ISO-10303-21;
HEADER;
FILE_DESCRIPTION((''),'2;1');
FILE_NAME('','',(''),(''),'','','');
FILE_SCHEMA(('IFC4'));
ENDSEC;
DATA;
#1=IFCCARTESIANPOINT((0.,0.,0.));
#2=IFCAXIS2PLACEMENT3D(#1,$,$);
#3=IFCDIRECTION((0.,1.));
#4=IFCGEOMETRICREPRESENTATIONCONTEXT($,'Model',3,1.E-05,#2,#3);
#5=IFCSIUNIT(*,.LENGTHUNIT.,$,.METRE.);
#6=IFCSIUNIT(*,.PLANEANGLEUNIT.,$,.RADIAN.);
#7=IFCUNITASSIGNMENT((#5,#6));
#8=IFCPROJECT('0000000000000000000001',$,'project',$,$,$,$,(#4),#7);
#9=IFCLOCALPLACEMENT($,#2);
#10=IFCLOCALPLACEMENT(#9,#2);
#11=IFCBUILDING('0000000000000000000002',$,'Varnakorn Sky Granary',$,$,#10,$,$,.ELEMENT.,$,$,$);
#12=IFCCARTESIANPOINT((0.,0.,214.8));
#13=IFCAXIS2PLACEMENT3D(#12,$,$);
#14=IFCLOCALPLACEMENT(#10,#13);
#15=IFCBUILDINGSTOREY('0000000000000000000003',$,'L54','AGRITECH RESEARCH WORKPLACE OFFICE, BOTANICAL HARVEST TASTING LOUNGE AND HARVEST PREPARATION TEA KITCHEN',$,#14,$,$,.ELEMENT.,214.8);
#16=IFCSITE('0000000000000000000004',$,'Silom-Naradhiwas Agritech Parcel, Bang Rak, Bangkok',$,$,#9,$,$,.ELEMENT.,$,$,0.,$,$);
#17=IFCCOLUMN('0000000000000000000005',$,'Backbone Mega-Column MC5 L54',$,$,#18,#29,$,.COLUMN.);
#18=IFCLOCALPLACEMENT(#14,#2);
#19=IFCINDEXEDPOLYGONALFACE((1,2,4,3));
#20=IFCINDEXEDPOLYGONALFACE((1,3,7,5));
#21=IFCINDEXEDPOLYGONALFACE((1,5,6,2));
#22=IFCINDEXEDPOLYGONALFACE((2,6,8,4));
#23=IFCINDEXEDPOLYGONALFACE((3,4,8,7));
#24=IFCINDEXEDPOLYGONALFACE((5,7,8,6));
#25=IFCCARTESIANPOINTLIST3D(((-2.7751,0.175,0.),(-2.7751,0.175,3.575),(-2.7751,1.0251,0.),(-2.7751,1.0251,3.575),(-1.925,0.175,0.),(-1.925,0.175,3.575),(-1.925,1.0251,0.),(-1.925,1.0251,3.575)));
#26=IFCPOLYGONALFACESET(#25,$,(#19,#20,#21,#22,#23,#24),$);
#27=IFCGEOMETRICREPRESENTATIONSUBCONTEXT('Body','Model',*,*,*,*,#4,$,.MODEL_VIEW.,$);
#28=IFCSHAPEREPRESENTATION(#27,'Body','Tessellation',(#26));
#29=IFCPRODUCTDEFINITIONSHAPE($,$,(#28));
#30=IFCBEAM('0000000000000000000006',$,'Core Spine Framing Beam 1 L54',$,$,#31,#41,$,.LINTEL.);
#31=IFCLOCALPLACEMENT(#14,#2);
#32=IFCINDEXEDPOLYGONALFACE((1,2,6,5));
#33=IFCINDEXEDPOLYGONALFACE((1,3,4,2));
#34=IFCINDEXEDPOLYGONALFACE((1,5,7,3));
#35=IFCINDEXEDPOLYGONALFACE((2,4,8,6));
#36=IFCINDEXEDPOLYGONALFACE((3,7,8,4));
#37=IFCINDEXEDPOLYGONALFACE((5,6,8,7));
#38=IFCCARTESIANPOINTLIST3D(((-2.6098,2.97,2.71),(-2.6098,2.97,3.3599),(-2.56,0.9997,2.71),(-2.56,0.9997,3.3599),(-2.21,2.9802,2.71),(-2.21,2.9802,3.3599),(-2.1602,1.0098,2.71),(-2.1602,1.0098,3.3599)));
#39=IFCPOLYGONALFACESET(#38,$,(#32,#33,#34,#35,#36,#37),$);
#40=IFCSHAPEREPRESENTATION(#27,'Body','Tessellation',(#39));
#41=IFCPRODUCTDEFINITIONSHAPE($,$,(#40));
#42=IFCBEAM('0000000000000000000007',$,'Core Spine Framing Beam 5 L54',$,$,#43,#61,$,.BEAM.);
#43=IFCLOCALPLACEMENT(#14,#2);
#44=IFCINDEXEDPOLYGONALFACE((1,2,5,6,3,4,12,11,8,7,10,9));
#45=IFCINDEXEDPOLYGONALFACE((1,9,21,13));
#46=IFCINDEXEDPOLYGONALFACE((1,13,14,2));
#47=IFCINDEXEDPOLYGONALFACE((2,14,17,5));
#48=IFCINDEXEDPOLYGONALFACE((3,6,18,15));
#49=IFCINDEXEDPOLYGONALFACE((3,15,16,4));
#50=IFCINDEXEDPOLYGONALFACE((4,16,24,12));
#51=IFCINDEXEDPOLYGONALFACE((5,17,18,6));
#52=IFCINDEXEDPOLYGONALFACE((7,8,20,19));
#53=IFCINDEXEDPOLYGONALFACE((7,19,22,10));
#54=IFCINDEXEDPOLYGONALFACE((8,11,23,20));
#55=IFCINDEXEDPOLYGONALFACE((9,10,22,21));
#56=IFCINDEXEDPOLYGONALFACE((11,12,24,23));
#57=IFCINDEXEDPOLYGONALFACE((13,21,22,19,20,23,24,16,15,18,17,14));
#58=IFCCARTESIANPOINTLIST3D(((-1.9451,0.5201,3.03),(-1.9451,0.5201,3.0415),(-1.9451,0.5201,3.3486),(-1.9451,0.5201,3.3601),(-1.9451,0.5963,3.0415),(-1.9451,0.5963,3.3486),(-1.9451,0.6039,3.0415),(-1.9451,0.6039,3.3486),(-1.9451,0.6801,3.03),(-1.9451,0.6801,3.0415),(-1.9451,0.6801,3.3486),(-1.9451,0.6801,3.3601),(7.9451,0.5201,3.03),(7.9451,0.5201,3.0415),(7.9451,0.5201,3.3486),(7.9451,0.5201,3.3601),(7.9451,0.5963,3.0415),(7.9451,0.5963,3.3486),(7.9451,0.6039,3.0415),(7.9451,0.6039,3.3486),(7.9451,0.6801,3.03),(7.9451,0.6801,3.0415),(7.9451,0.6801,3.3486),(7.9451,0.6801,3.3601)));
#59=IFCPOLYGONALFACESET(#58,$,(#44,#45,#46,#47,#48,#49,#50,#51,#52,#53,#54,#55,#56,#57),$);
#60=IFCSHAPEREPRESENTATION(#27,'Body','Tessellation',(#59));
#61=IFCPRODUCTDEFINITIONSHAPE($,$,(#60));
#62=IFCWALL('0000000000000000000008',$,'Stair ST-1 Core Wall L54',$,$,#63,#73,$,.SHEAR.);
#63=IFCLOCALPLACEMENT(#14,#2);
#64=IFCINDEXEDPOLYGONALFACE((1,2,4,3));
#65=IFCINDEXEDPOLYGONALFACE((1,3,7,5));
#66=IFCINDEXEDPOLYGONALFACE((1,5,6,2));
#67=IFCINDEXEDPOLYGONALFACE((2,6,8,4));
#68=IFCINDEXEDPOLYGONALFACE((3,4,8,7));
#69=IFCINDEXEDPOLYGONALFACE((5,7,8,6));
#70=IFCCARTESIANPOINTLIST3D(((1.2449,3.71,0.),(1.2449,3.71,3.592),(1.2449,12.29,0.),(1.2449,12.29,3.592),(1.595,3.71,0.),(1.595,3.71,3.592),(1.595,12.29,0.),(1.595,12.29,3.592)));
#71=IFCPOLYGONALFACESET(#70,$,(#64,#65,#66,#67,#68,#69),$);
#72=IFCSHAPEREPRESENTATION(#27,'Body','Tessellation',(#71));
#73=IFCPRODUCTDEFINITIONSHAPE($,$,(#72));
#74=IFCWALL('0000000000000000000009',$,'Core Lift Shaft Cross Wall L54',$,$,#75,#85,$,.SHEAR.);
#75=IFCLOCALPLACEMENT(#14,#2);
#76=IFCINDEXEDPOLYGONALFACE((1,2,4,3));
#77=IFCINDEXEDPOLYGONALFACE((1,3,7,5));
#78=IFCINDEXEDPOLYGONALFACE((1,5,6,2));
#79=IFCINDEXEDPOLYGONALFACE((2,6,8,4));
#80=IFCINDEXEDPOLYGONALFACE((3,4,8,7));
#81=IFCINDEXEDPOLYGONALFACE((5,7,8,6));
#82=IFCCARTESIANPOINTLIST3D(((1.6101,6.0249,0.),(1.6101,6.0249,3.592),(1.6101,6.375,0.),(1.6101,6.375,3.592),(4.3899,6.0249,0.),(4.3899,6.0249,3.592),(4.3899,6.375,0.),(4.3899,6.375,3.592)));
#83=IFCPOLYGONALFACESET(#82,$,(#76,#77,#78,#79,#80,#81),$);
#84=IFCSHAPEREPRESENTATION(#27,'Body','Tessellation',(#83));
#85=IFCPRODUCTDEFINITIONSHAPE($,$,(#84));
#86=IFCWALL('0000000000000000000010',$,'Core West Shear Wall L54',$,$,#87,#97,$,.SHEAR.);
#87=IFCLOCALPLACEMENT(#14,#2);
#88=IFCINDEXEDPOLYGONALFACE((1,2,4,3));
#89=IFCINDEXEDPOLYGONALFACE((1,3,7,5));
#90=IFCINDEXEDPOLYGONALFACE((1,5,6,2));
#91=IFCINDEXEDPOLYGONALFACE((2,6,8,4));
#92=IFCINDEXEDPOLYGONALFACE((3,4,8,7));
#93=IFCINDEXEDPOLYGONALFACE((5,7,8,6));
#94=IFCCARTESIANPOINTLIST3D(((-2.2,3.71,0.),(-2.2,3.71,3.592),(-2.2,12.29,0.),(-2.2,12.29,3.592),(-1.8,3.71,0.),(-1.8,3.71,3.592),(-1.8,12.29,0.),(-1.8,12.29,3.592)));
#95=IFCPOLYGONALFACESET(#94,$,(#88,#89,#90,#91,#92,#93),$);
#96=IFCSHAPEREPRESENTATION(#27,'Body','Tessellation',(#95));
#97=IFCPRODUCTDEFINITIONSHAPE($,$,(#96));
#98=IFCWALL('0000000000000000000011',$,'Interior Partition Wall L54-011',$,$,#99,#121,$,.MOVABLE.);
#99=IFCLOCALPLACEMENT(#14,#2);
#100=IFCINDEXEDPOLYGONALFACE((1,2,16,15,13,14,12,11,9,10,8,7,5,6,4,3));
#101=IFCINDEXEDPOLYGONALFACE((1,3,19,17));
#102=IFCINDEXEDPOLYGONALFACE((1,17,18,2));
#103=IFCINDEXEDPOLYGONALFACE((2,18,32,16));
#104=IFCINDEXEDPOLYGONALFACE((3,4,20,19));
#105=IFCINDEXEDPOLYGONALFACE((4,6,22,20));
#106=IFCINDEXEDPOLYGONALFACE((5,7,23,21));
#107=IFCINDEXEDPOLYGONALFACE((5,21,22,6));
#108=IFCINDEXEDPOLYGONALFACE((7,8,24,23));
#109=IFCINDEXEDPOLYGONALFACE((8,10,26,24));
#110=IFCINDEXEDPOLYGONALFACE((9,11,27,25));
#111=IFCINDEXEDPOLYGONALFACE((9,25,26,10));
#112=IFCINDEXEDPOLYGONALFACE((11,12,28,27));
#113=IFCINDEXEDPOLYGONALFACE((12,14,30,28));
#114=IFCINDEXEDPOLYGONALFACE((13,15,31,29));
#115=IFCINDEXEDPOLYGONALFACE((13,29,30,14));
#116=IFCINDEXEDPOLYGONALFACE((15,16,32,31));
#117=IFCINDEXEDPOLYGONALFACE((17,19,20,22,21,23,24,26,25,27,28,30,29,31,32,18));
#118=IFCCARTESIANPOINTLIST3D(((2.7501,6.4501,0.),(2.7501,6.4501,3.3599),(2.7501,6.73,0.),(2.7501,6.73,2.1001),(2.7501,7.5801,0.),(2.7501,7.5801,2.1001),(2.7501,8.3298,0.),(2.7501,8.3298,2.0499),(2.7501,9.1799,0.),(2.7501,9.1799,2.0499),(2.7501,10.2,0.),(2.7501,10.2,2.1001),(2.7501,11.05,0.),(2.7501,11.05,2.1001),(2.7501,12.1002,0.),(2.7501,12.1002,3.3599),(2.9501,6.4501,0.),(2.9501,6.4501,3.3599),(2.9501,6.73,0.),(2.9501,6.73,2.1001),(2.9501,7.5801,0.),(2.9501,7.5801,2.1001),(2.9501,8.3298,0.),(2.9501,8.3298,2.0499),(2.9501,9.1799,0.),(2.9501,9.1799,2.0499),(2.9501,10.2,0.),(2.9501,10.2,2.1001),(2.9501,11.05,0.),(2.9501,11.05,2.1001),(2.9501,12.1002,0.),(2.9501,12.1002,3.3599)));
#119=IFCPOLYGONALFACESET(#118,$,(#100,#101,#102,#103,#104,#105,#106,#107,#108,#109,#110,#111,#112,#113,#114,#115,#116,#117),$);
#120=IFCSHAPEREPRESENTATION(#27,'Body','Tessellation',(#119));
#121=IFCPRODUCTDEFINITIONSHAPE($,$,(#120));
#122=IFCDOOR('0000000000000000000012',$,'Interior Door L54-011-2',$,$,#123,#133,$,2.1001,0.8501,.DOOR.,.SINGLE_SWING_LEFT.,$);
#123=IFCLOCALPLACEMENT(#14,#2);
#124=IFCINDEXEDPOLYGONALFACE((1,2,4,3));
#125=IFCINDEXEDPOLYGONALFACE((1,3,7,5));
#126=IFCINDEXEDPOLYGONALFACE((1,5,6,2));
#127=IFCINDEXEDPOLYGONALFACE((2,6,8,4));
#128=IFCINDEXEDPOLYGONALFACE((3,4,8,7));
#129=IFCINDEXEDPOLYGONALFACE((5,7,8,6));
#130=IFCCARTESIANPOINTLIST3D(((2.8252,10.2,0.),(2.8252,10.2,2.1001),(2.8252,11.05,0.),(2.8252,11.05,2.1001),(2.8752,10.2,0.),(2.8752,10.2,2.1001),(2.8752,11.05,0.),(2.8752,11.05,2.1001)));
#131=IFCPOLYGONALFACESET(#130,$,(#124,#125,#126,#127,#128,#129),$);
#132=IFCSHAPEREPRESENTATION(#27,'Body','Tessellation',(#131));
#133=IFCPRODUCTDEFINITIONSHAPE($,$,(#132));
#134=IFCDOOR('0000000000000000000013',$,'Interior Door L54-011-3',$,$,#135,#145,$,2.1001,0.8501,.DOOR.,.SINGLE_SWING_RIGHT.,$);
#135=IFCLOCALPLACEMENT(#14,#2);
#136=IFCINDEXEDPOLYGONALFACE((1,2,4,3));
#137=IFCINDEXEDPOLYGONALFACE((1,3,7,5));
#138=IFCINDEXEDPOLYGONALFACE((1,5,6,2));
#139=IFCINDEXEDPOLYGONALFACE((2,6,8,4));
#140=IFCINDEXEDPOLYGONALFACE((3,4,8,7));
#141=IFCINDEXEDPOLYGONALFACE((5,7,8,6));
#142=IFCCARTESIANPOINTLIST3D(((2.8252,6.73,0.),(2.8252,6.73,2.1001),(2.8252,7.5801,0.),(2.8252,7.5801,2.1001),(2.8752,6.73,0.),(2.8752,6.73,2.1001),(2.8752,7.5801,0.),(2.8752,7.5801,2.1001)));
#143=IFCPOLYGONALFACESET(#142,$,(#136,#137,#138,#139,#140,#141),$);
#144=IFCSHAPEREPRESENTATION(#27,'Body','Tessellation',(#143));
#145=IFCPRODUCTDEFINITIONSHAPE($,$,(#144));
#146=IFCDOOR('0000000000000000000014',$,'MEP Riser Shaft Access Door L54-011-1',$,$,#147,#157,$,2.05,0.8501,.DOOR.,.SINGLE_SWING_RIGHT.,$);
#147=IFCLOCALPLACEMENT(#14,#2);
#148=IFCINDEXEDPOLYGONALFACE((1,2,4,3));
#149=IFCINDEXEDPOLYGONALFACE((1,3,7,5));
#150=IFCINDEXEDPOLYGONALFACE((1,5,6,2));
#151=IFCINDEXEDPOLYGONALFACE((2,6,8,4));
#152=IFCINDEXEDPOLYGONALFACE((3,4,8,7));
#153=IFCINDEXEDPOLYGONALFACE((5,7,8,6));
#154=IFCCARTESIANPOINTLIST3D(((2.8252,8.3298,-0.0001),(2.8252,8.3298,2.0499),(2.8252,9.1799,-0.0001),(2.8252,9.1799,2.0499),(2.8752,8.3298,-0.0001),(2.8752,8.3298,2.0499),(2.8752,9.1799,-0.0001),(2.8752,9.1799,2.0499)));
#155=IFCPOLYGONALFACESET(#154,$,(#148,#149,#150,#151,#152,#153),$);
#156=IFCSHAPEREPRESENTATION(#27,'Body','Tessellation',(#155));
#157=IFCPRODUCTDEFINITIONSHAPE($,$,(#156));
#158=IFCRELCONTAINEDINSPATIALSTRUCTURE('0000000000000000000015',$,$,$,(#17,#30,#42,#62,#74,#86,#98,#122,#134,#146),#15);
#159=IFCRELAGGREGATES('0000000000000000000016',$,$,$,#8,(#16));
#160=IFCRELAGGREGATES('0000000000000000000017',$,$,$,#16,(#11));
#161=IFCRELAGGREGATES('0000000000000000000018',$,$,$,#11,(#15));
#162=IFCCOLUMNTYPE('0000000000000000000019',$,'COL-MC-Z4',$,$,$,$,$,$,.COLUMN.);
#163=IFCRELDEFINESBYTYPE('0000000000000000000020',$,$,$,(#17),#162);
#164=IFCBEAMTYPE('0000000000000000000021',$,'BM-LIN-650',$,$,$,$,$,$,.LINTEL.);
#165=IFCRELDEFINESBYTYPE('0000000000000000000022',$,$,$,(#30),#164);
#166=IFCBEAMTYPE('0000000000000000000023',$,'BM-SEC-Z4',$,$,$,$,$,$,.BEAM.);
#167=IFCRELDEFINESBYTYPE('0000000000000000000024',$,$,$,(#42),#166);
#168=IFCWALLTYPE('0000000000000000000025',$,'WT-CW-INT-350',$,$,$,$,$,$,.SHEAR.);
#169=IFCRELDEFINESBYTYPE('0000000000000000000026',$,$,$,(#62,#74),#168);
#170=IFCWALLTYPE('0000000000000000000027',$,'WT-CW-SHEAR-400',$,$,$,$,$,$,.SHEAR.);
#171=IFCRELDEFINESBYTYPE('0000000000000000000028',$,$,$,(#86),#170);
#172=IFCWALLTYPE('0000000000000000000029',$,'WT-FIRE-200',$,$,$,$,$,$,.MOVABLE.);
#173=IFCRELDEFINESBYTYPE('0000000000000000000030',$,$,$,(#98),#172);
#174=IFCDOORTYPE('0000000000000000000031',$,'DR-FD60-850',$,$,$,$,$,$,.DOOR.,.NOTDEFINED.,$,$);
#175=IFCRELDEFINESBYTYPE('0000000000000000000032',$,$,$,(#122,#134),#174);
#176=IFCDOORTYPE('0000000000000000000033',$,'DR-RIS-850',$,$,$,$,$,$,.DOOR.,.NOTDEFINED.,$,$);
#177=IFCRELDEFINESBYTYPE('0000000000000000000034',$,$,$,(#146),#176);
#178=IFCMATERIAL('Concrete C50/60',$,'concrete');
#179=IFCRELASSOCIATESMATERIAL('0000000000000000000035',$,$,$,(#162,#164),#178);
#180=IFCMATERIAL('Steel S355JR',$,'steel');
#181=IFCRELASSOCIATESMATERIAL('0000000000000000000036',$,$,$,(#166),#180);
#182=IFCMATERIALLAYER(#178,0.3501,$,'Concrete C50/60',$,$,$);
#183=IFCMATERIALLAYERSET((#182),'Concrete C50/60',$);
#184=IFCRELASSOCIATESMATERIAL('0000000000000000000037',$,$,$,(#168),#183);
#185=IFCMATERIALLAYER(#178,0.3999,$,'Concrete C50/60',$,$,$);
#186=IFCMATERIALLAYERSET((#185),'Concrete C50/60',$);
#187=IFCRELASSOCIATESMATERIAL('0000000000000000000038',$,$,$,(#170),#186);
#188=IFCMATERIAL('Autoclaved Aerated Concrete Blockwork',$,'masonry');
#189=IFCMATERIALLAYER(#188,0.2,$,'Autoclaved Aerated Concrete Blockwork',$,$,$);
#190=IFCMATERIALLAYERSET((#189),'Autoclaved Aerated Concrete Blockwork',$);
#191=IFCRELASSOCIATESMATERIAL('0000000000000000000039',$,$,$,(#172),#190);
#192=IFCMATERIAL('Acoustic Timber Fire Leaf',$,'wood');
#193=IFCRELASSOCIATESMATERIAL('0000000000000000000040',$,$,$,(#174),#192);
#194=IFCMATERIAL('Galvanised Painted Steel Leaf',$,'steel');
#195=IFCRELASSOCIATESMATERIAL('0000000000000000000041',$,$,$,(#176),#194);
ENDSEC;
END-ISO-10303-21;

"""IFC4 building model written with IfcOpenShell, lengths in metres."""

from ifc_helpers import new_model, si_unit, direction, frame, frame_2d, origin, origin_2d, place, context, subcontext, project, spatial, rectangle, i_section, extrude, material, layer, layer_set, material_profile, profile_set, type_object, element, fill, save


model = new_model("IFC4")

# Units and contexts
model_context = context("Model", 3, precision=1e-05, world=origin(), true_north=direction((0.0, 1.0)))
body_context = subcontext(model_context, "Body", "Model", "MODEL_VIEW")
ifc_project = project(units=[si_unit("LENGTHUNIT", "METRE"), si_unit("PLANEANGLEUNIT", "RADIAN")], contexts=[model_context])

# Site, building, storey
site_placement = place(None, origin())
site = spatial("IfcSite", under=ifc_project, at=site_placement, Name="Silom-Naradhiwas Agritech Parcel, Bang Rak, Bangkok", CompositionType="ELEMENT", RefElevation=0.0)
building_placement = place(site_placement, origin())
building = spatial("IfcBuilding", under=site, at=building_placement, Name="Varnakorn Sky Granary", CompositionType="ELEMENT")
storey_placement = place(building_placement, frame((0.0, 0.0, 214.8)))
storey = spatial("IfcBuildingStorey", under=building, at=storey_placement, Name="L54", Description="AGRITECH RESEARCH WORKPLACE OFFICE, BOTANICAL HARVEST TASTING LOUNGE AND HARVEST PREPARATION TEA KITCHEN", CompositionType="ELEMENT", Elevation=214.8)

# Column
ifc_material_1 = material(Name="Concrete C50/60", Category="concrete")
ifc_material_profile_1 = material_profile(ifc_material_1, rectangle(XDim=0.8501, YDim=0.8501, at=origin_2d()), Name="RC 850x850")
ifc_profile_set_1 = profile_set([ifc_material_profile_1], Name="Concrete C50/60")
column_type = type_object("IfcColumnType", Name="COL-MC-Z4", PredefinedType="COLUMN", material=ifc_profile_set_1)
column_placement = place(storey_placement, frame((-2.3501, 0.6001, 0.0), z_axis=(0.0, 0.0, 1.0), x_axis=(1.0, 0.0, 0.0)))
element("IfcColumn", 1, at=column_placement, inside=storey, type_object=column_type, Name="Backbone Mega-Column MC5 L54", PredefinedType="COLUMN", context=body_context, shape_type="SweptSolid", body=[
    extrude(rectangle(XDim=0.8501, YDim=0.8501, at=origin_2d()), origin(), (0.0, 0.0, 1.0), 3.575),
])

# Beams
ifc_material_profile_2 = material_profile(ifc_material_1, rectangle(XDim=0.3999, YDim=0.6499, at=origin_2d()), Name="RC 400x650")
ifc_profile_set_2 = profile_set([ifc_material_profile_2], Name="Concrete C50/60")
beam_type_1 = type_object("IfcBeamType", Name="BM-LIN-650", PredefinedType="LINTEL", material=ifc_profile_set_2)
beam_1_placement = place(storey_placement, frame((-2.4099, 2.9751, 3.0349), z_axis=(0.025271, -0.999681, 0.0), x_axis=(0.999681, 0.025271, 0.0)))
element("IfcBeam", 2, at=beam_1_placement, inside=storey, type_object=beam_type_1, Name="Core Spine Framing Beam 1 L54", PredefinedType="LINTEL", context=body_context, shape_type="SweptSolid", body=[
    extrude(rectangle(XDim=0.3999, YDim=0.6499, at=origin_2d()), origin(), (0.0, 0.0, 1.0), 1.9709),
])
ifc_material_2 = material(Name="Steel S355JR", Category="steel")
ifc_material_profile_3 = material_profile(ifc_material_2, i_section(OverallWidth=0.1599, OverallDepth=0.3301, WebThickness=0.0076, FlangeThickness=0.0115, at=origin_2d()), Name="IPE 330")
ifc_profile_set_3 = profile_set([ifc_material_profile_3], Name="Steel S355JR")
beam_type_2 = type_object("IfcBeamType", Name="BM-SEC-Z4", PredefinedType="BEAM", material=ifc_profile_set_3)
beam_2_placement = place(storey_placement, frame((-1.9451, 0.6001, 3.1951), z_axis=(1.0, 0.0, 0.0), x_axis=(0.0, 1.0, 0.0)))
element("IfcBeam", 3, at=beam_2_placement, inside=storey, type_object=beam_type_2, Name="Core Spine Framing Beam 5 L54", PredefinedType="BEAM", context=body_context, shape_type="SweptSolid", body=[
    extrude(i_section(OverallWidth=0.1599, OverallDepth=0.3301, WebThickness=0.0076, FlangeThickness=0.0115, at=origin_2d()), origin(), (0.0, 0.0, 1.0), 9.8901),
])

# Walls
ifc_layer_1 = layer(ifc_material_1, 0.3501, Name="Concrete C50/60")
ifc_layer_set_1 = layer_set([ifc_layer_1], Name="Concrete C50/60")
wall_type_1 = type_object("IfcWallType", Name="WT-CW-INT-350", PredefinedType="SHEAR", material=ifc_layer_set_1)
wall_1_placement = place(storey_placement, frame((1.4199, 3.71, 0.0), z_axis=(0.0, 0.0, 1.0), x_axis=(0.0, 1.0, 0.0)))
element("IfcWall", 4, at=wall_1_placement, inside=storey, type_object=wall_type_1, Name="Stair ST-1 Core Wall L54", PredefinedType="SHEAR", context=body_context, shape_type="SweptSolid", body=[
    extrude(rectangle(XDim=8.5801, YDim=0.3501, at=frame_2d((4.29, 0.0))), origin(), (0.0, 0.0, 1.0), 3.592),
])
wall_2_placement = place(storey_placement, frame((1.6101, 6.2, 0.0), z_axis=(0.0, 0.0, 1.0), x_axis=(1.0, 0.0, 0.0)))
element("IfcWall", 5, at=wall_2_placement, inside=storey, type_object=wall_type_1, Name="Core Lift Shaft Cross Wall L54", PredefinedType="SHEAR", context=body_context, shape_type="SweptSolid", body=[
    extrude(rectangle(XDim=2.7798, YDim=0.3501, at=frame_2d((1.3899, 0.0))), origin(), (0.0, 0.0, 1.0), 3.592),
])

# Shared definitions
ifc_layer_2 = layer(ifc_material_1, 0.3999, Name="Concrete C50/60")
ifc_layer_set_2 = layer_set([ifc_layer_2], Name="Concrete C50/60")
wall_type_2 = type_object("IfcWallType", Name="WT-CW-SHEAR-400", PredefinedType="SHEAR", material=ifc_layer_set_2)
ifc_material_3 = material(Name="Galvanised Painted Steel Leaf", Category="steel")

# Wall
wall_3_placement = place(storey_placement, frame((-2.0, 3.71, 0.0), z_axis=(0.0, 0.0, 1.0), x_axis=(0.0, 1.0, 0.0)))
element("IfcWall", 6, at=wall_3_placement, inside=storey, type_object=wall_type_2, Name="Core West Shear Wall L54", PredefinedType="SHEAR", context=body_context, shape_type="SweptSolid", body=[
    extrude(rectangle(XDim=8.5801, YDim=0.3999, at=frame_2d((4.29, 0.0))), origin(), (0.0, 0.0, 1.0), 3.592),
])

# Wall, openings, doors
ifc_material_4 = material(Name="Autoclaved Aerated Concrete Blockwork", Category="masonry")
ifc_layer_3 = layer(ifc_material_4, 0.2, Name="Autoclaved Aerated Concrete Blockwork")
ifc_layer_set_3 = layer_set([ifc_layer_3], Name="Autoclaved Aerated Concrete Blockwork")
wall_type_3 = type_object("IfcWallType", Name="WT-FIRE-200", PredefinedType="MOVABLE", material=ifc_layer_set_3)
wall_4_placement = place(storey_placement, frame((2.8501, 6.45, 0.0), z_axis=(0.0, 0.0, 1.0), x_axis=(0.0, 1.0, 0.0)))
wall_4 = element("IfcWall", 7, at=wall_4_placement, inside=storey, type_object=wall_type_3, Name="Interior Partition Wall L54-011", PredefinedType="MOVABLE", context=body_context, shape_type="SweptSolid", body=[
    extrude(rectangle(XDim=5.6501, YDim=0.2, at=frame_2d((2.8252, 0.0))), origin(), (0.0, 0.0, 1.0), 3.3599),
])
opening_1_placement = place(wall_4_placement, frame((1.8799, 0.0, 0.0)))
opening_1 = element("IfcOpeningElement", 8, at=opening_1_placement, cuts=wall_4, PredefinedType="OPENING", context=body_context, shape_type="SweptSolid", body=[
    extrude(rectangle(XDim=0.8501, YDim=2.05, at=frame_2d((0.425, 1.0249))), frame((0.0, 0.1099, 0.0), z_axis=(0.0, -1.0, 0.0), x_axis=(1.0, 0.0, 0.0)), (0.0, 0.0, 1.0), 0.22),
])
opening_2_placement = place(wall_4_placement, frame((3.75, 0.0, 0.0)))
opening_2 = element("IfcOpeningElement", 9, at=opening_2_placement, cuts=wall_4, PredefinedType="OPENING", context=body_context, shape_type="SweptSolid", body=[
    extrude(rectangle(XDim=0.8501, YDim=2.1001, at=frame_2d((0.425, 1.05))), frame((0.0, 0.1099, 0.0), z_axis=(0.0, -1.0, 0.0), x_axis=(1.0, 0.0, 0.0)), (0.0, 0.0, 1.0), 0.22),
])
opening_3_placement = place(wall_4_placement, frame((0.28, 0.0, 0.0)))
opening_3 = element("IfcOpeningElement", 10, at=opening_3_placement, cuts=wall_4, PredefinedType="OPENING", context=body_context, shape_type="SweptSolid", body=[
    extrude(rectangle(XDim=0.8501, YDim=2.1001, at=frame_2d((0.425, 1.05))), frame((0.0, 0.1099, 0.0), z_axis=(0.0, -1.0, 0.0), x_axis=(1.0, 0.0, 0.0)), (0.0, 0.0, 1.0), 0.22),
])
ifc_material_5 = material(Name="Acoustic Timber Fire Leaf", Category="wood")
door_type_1 = type_object("IfcDoorType", Name="DR-FD60-850", OperationType="NOTDEFINED", PredefinedType="DOOR", material=ifc_material_5)
door_1_placement = place(opening_2_placement, origin())
door_1 = element("IfcDoor", 11, at=door_1_placement, inside=storey, type_object=door_type_1, Name="Interior Door L54-011-2", OperationType="SINGLE_SWING_LEFT", OverallHeight=2.1001, OverallWidth=0.8501, PredefinedType="DOOR", context=body_context, shape_type="SweptSolid", body=[
    extrude(rectangle(XDim=0.8501, YDim=2.1001, at=frame_2d((0.425, 1.05))), frame((0.0, 0.0249, 0.0), z_axis=(0.0, -1.0, 0.0), x_axis=(1.0, 0.0, 0.0)), (0.0, 0.0, 1.0), 0.05),
])
fill(opening_2, door_1)
door_2_placement = place(opening_3_placement, origin())
door_2 = element("IfcDoor", 12, at=door_2_placement, inside=storey, type_object=door_type_1, Name="Interior Door L54-011-3", OperationType="SINGLE_SWING_RIGHT", OverallHeight=2.1001, OverallWidth=0.8501, PredefinedType="DOOR", context=body_context, shape_type="SweptSolid", body=[
    extrude(rectangle(XDim=0.8501, YDim=2.1001, at=frame_2d((0.425, 1.05))), frame((0.0, 0.0249, 0.0), z_axis=(0.0, -1.0, 0.0), x_axis=(1.0, 0.0, 0.0)), (0.0, 0.0, 1.0), 0.05),
])
fill(opening_3, door_2)
door_type_2 = type_object("IfcDoorType", Name="DR-RIS-850", OperationType="NOTDEFINED", PredefinedType="DOOR", material=ifc_material_3)
door_3_placement = place(opening_1_placement, origin())
door_3 = element("IfcDoor", 13, at=door_3_placement, inside=storey, type_object=door_type_2, Name="MEP Riser Shaft Access Door L54-011-1", OperationType="SINGLE_SWING_RIGHT", OverallHeight=2.05, OverallWidth=0.8501, PredefinedType="DOOR", context=body_context, shape_type="SweptSolid", body=[
    extrude(rectangle(XDim=0.8501, YDim=2.05, at=frame_2d((0.425, 1.0249))), frame((0.0, 0.0249, 0.0), z_axis=(0.0, -1.0, 0.0), x_axis=(1.0, 0.0, 0.0)), (0.0, 0.0, 1.0), 0.05),
])
fill(opening_1, door_3)

save(model, "model.ifc")
